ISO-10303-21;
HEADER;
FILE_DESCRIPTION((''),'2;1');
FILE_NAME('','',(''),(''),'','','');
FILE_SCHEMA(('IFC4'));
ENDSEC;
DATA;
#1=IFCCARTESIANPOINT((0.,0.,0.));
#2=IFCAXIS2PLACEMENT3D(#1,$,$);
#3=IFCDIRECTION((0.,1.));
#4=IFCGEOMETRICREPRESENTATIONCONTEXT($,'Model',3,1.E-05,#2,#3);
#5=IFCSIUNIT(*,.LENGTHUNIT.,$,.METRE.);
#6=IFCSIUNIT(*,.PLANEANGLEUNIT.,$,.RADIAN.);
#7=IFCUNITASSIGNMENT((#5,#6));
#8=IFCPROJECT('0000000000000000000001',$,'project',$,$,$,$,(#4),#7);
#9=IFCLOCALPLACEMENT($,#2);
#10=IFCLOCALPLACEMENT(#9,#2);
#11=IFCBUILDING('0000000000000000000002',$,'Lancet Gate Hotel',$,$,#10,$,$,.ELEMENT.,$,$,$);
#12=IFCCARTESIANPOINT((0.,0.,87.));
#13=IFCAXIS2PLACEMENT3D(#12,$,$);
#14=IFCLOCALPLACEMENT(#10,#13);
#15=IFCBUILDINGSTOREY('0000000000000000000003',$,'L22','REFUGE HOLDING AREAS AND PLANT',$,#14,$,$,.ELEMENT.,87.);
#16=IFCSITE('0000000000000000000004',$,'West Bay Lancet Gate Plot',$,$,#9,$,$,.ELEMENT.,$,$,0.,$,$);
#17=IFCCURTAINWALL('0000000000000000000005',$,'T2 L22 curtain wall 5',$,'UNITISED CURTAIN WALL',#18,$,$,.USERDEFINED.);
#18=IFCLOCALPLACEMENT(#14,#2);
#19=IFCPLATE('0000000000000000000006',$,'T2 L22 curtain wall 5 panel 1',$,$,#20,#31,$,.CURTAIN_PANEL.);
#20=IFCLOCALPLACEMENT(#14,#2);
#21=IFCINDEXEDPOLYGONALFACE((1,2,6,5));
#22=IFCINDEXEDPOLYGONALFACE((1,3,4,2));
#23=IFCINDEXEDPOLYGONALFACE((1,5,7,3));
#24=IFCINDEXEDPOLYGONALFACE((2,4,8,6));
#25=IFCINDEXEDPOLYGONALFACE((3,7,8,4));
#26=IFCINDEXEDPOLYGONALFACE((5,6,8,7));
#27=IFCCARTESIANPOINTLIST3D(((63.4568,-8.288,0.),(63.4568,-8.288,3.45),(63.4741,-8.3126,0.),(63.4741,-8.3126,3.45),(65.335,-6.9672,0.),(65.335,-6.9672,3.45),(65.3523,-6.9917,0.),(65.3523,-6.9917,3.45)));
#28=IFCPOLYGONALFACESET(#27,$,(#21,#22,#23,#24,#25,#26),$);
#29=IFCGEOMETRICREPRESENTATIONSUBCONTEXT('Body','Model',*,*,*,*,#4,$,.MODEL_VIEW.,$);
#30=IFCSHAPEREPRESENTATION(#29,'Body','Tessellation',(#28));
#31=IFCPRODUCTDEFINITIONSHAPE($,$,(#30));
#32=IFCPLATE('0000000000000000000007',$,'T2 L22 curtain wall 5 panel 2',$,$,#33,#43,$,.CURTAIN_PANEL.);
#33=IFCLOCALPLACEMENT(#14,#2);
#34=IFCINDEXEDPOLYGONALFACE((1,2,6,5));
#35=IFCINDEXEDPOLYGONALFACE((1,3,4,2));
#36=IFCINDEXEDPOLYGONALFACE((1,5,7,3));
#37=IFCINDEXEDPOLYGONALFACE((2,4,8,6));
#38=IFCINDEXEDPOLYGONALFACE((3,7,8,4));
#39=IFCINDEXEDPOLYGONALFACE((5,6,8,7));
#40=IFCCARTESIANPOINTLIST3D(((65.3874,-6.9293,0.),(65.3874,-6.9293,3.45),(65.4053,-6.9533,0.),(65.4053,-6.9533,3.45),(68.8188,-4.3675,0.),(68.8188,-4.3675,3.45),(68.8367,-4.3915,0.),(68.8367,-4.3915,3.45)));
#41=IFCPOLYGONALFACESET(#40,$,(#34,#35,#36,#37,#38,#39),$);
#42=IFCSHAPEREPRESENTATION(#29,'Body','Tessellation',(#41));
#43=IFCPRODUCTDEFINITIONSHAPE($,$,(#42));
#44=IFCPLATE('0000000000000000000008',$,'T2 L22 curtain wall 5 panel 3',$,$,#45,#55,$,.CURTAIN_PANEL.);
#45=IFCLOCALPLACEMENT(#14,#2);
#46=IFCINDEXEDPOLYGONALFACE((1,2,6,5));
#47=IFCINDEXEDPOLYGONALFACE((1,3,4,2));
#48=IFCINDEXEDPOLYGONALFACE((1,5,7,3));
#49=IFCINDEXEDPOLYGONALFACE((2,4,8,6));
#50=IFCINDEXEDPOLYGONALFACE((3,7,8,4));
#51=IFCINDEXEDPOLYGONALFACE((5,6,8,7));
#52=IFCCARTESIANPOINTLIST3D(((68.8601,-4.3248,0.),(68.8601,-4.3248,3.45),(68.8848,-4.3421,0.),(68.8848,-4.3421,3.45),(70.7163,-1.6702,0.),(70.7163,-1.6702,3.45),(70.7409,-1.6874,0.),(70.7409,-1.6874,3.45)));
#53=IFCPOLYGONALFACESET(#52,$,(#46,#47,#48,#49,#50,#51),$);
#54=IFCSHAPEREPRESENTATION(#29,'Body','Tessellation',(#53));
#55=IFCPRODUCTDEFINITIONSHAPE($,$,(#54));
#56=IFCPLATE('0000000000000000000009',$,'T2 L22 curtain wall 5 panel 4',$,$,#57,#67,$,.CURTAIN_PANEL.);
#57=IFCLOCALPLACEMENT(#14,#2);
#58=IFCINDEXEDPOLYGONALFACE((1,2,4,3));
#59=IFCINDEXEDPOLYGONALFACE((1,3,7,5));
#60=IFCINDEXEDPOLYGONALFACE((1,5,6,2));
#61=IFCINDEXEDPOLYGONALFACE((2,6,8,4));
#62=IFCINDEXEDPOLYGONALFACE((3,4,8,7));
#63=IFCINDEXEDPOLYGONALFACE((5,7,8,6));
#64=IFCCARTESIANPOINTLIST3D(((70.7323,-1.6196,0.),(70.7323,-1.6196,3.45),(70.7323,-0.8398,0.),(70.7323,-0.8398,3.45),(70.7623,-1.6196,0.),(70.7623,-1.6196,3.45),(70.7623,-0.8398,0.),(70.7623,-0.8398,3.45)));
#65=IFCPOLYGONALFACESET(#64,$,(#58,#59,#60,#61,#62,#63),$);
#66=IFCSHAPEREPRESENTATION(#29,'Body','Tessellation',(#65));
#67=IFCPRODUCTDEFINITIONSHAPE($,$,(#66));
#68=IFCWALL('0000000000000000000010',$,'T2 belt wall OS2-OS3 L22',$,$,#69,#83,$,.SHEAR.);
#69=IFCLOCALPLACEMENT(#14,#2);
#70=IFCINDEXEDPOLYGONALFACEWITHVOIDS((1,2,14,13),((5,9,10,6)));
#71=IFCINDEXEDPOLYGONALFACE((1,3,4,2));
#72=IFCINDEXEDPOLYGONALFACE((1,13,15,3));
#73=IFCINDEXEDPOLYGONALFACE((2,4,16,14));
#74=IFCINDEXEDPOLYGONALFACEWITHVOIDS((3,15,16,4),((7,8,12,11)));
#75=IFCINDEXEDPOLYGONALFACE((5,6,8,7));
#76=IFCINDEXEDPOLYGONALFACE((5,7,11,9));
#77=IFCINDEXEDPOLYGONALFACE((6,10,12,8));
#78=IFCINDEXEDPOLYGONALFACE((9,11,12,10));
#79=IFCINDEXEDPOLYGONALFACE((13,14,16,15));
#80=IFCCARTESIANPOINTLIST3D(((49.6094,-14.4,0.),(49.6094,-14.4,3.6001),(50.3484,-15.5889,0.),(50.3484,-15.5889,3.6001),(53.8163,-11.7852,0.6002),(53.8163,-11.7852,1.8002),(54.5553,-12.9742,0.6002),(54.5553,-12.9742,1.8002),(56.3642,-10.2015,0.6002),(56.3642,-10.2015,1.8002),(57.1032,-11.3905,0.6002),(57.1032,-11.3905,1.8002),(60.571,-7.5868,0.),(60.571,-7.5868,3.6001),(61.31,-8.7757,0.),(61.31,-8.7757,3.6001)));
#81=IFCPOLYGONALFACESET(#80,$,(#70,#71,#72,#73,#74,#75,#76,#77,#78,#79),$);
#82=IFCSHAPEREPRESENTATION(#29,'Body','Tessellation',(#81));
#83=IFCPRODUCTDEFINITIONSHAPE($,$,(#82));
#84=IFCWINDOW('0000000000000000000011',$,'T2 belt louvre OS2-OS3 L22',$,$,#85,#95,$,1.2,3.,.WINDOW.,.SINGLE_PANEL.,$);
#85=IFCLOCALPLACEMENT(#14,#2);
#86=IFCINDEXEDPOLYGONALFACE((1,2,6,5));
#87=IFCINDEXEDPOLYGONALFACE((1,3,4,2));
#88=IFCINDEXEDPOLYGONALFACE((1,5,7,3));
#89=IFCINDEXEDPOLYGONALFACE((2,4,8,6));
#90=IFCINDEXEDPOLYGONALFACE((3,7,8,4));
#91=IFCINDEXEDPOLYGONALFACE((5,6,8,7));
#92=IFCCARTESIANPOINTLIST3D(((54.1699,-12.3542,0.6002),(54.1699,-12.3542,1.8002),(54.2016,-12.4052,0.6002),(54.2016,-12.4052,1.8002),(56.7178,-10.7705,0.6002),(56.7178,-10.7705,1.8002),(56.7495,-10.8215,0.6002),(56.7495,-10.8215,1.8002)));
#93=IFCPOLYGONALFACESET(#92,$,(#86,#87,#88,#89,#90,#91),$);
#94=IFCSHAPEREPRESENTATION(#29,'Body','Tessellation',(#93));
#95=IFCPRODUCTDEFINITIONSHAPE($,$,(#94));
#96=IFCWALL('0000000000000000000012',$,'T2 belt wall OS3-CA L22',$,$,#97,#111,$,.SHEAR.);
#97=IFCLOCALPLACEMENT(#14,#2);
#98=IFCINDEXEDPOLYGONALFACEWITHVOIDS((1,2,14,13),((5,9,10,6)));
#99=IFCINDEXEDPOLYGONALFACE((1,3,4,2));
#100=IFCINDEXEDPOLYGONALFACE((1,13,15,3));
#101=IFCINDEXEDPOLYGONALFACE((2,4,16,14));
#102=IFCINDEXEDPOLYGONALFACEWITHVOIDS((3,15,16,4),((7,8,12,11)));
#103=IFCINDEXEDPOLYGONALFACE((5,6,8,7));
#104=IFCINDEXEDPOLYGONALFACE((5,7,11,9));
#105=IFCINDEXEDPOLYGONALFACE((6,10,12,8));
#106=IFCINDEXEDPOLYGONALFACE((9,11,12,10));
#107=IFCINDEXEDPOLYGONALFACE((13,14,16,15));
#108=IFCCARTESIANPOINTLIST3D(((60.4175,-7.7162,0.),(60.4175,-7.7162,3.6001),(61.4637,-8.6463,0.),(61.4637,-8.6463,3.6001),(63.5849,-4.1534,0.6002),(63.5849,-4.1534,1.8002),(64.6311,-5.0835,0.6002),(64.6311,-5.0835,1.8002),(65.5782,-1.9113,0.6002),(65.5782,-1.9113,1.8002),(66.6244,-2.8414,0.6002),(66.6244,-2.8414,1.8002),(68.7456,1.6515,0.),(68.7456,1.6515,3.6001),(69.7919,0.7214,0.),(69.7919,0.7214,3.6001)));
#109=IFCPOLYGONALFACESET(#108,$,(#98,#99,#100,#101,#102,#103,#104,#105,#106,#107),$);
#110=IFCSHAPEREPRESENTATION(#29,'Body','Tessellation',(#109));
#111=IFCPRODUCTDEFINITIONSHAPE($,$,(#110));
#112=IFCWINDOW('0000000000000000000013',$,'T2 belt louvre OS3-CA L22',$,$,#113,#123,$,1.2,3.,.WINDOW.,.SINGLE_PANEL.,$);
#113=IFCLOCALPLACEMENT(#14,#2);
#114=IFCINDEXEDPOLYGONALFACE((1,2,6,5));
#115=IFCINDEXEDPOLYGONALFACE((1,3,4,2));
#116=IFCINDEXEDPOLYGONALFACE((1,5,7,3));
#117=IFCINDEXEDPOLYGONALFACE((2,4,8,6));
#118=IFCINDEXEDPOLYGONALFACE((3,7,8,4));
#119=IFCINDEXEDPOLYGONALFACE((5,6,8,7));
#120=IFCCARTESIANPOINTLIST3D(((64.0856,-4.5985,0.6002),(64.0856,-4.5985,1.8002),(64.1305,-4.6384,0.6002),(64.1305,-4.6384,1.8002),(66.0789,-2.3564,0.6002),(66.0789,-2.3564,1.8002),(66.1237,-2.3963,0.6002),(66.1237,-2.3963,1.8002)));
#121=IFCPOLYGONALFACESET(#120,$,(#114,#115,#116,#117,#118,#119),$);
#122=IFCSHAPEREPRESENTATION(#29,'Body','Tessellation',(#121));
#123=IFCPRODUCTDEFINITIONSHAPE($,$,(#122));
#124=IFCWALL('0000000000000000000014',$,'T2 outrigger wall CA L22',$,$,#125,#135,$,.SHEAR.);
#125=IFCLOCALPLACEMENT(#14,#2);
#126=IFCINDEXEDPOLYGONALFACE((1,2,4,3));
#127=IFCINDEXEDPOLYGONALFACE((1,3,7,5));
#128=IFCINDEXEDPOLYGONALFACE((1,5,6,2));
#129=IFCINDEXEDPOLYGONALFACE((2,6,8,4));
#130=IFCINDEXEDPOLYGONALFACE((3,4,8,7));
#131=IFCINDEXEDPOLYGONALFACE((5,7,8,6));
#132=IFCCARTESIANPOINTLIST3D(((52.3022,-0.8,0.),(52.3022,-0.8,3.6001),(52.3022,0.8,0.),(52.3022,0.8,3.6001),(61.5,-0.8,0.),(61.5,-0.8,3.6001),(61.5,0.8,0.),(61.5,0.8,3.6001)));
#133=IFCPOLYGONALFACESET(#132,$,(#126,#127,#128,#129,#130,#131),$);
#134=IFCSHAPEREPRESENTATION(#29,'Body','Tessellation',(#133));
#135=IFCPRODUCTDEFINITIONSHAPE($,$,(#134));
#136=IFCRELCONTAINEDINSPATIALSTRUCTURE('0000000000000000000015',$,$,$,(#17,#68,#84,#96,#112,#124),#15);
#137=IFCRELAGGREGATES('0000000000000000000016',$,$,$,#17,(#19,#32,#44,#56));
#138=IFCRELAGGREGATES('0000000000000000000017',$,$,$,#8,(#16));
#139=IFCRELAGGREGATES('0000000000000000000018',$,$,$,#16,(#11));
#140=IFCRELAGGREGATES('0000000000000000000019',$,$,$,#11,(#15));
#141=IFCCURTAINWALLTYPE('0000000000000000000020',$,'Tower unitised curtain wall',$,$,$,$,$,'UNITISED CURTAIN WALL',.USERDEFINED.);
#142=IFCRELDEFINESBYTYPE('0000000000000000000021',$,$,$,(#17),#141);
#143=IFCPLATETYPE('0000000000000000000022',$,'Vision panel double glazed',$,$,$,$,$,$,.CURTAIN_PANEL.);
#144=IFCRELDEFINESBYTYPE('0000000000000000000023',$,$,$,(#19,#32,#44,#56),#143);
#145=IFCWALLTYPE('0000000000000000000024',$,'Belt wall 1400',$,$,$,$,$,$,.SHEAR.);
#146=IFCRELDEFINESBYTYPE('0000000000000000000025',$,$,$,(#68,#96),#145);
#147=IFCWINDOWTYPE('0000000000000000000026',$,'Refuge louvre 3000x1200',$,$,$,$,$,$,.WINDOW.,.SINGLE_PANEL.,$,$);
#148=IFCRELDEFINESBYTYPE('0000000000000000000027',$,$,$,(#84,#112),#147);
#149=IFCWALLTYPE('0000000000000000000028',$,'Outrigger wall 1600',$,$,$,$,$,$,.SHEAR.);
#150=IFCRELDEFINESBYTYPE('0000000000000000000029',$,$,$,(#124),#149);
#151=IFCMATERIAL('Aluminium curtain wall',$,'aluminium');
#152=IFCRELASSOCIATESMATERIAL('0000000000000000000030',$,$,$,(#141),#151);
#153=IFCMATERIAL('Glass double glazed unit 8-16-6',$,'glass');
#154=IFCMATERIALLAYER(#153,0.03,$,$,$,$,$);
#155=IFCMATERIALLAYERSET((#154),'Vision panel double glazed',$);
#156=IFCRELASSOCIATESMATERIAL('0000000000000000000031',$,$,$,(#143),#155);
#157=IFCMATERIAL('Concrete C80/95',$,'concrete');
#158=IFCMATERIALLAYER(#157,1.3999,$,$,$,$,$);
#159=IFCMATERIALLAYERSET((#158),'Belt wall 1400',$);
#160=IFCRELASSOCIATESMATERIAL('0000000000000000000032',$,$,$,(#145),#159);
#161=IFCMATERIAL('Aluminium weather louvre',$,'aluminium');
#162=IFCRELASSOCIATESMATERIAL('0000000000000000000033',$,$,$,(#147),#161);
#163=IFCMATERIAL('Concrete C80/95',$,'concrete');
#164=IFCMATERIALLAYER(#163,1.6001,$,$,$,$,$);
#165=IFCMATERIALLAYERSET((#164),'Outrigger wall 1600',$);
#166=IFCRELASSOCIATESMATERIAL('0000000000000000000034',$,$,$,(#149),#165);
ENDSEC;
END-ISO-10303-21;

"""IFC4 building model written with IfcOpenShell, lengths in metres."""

from ifc_helpers import new_model, si_unit, direction, frame, frame_2d, origin, origin_2d, place, context, subcontext, project, spatial, rectangle, extrude, material, layer, layer_set, type_object, element, fill, aggregate, save


model = new_model("IFC4")

# Units and contexts
model_context = context("Model", 3, precision=1e-05, world=origin(), true_north=direction((0.0, 1.0)))
body_context = subcontext(model_context, "Body", "Model", "MODEL_VIEW")
ifc_project = project(units=[si_unit("LENGTHUNIT", "METRE"), si_unit("PLANEANGLEUNIT", "RADIAN")], contexts=[model_context])

# Site, building, storey
site_placement = place(None, origin())
site = spatial("IfcSite", under=ifc_project, at=site_placement, Name="West Bay Lancet Gate Plot", CompositionType="ELEMENT", RefElevation=0.0)
building_placement = place(site_placement, origin())
building = spatial("IfcBuilding", under=site, at=building_placement, Name="Lancet Gate Hotel", CompositionType="ELEMENT")
storey_placement = place(building_placement, frame((0.0, 0.0, 87.0)))
storey = spatial("IfcBuildingStorey", under=building, at=storey_placement, Name="L22", Description="REFUGE HOLDING AREAS AND PLANT", CompositionType="ELEMENT", Elevation=87.0)

# Shared definitions
ifc_material_1 = material(Name="Aluminium curtain wall", Category="aluminium")
curtain_wall_type = type_object("IfcCurtainWallType", Name="Tower unitised curtain wall", ElementType="UNITISED CURTAIN WALL", PredefinedType="USERDEFINED", material=ifc_material_1)

# Curtain wall
curtain_wall_1_placement = place(storey_placement, origin())
curtain_wall_1 = element("IfcCurtainWall", 1, at=curtain_wall_1_placement, inside=storey, type_object=curtain_wall_type, Name="T2 L22 curtain wall 5", ObjectType="UNITISED CURTAIN WALL", PredefinedType="USERDEFINED")

# Plates
ifc_material_2 = material(Name="Glass double glazed unit 8-16-6", Category="glass")
ifc_layer_1 = layer(ifc_material_2, 0.03)
ifc_layer_set_1 = layer_set([ifc_layer_1], Name="Vision panel double glazed")
plate_type = type_object("IfcPlateType", Name="Vision panel double glazed", PredefinedType="CURTAIN_PANEL", material=ifc_layer_set_1)
plate_1_placement = place(storey_placement, frame((64.4045, -7.6399, 0.0), z_axis=(0.0, 0.0, 1.0), x_axis=(0.817979, 0.575247, 0.0)))
plate_1 = element("IfcPlate", 2, at=plate_1_placement, type_object=plate_type, Name="T2 L22 curtain wall 5 panel 1", PredefinedType="CURTAIN_PANEL", context=body_context, shape_type="SweptSolid", body=[
    extrude(rectangle(XDim=2.2961, YDim=0.03, at=origin_2d()), origin(), (0.0, 0.0, 1.0), 3.45),
])
plate_2_placement = place(storey_placement, frame((67.1121, -5.6604, 0.0), z_axis=(0.0, 0.0, 1.0), x_axis=(0.801314, 0.598244, 0.0)))
plate_2 = element("IfcPlate", 3, at=plate_2_placement, type_object=plate_type, Name="T2 L22 curtain wall 5 panel 2", PredefinedType="CURTAIN_PANEL", context=body_context, shape_type="SweptSolid", body=[
    extrude(rectangle(XDim=4.2822, YDim=0.03, at=origin_2d()), origin(), (0.0, 0.0, 1.0), 3.45),
])
plate_3_placement = place(storey_placement, frame((69.8005, -3.0061, 0.0), z_axis=(0.0, 0.0, 1.0), x_axis=(0.573025, 0.819538, 0.0)))
plate_3 = element("IfcPlate", 4, at=plate_3_placement, type_object=plate_type, Name="T2 L22 curtain wall 5 panel 3", PredefinedType="CURTAIN_PANEL", context=body_context, shape_type="SweptSolid", body=[
    extrude(rectangle(XDim=3.2393, YDim=0.03, at=origin_2d()), origin(), (0.0, 0.0, 1.0), 3.45),
])
plate_4_placement = place(storey_placement, frame((70.7473, -1.2297, 0.0), z_axis=(0.0, 0.0, 1.0), x_axis=(0.0, 1.0, 0.0)))
plate_4 = element("IfcPlate", 5, at=plate_4_placement, type_object=plate_type, Name="T2 L22 curtain wall 5 panel 4", PredefinedType="CURTAIN_PANEL", context=body_context, shape_type="SweptSolid", body=[
    extrude(rectangle(XDim=0.7798, YDim=0.03, at=origin_2d()), origin(), (0.0, 0.0, 1.0), 3.45),
])
aggregate(curtain_wall_1, [plate_1, plate_2, plate_3, plate_4])

# Walls, openings, windows
ifc_material_3 = material(Name="Concrete C80/95", Category="concrete")
ifc_layer_2 = layer(ifc_material_3, 1.3999)
ifc_layer_set_2 = layer_set([ifc_layer_2], Name="Belt wall 1400")
wall_type_1 = type_object("IfcWallType", Name="Belt wall 1400", PredefinedType="SHEAR", material=ifc_layer_set_2)
wall_1_placement = place(storey_placement, frame((49.979, -14.9944, 0.0), z_axis=(0.0, 0.0, 1.0), x_axis=(0.849312, 0.527891, 0.0)))
wall_1 = element("IfcWall", 6, at=wall_1_placement, inside=storey, type_object=wall_type_1, Name="T2 belt wall OS2-OS3 L22", PredefinedType="SHEAR", context=body_context, shape_type="SweptSolid", body=[
    extrude(rectangle(XDim=12.9065, YDim=1.3999, at=frame_2d((6.4531, 0.0))), origin(), (0.0, 0.0, 1.0), 3.6001),
])
opening_1_placement = place(wall_1_placement, frame((4.9531, 0.0, 0.6001)))
opening_1 = element("IfcOpeningElement", 7, at=opening_1_placement, cuts=wall_1, PredefinedType="OPENING", context=body_context, shape_type="SweptSolid", body=[
    extrude(rectangle(XDim=3.0, YDim=1.2, at=frame_2d((1.5, 0.6001))), frame((0.0, 0.71, 0.0), z_axis=(0.0, -1.0, 0.0), x_axis=(1.0, 0.0, 0.0)), (0.0, 0.0, 1.0), 1.4199),
])
ifc_material_4 = material(Name="Aluminium weather louvre", Category="aluminium")
window_type = type_object("IfcWindowType", Name="Refuge louvre 3000x1200", PartitioningType="SINGLE_PANEL", PredefinedType="WINDOW", material=ifc_material_4)
window_1_placement = place(opening_1_placement, origin())
window_1 = element("IfcWindow", 8, at=window_1_placement, inside=storey, type_object=window_type, Name="T2 belt louvre OS2-OS3 L22", OverallHeight=1.2, OverallWidth=3.0, PartitioningType="SINGLE_PANEL", PredefinedType="WINDOW", context=body_context, shape_type="SweptSolid", body=[
    extrude(rectangle(XDim=3.0, YDim=1.2, at=frame_2d((1.5, 0.6001))), frame((0.0, 0.03, 0.0), z_axis=(0.0, -1.0, 0.0), x_axis=(1.0, 0.0, 0.0)), (0.0, 0.0, 1.0), 0.0601),
])
fill(opening_1, window_1)
wall_2_placement = place(storey_placement, frame((60.9407, -8.1812, 0.0), z_axis=(0.0, 0.0, 1.0), x_axis=(0.664422, 0.747358, 0.0)))
wall_2 = element("IfcWall", 9, at=wall_2_placement, inside=storey, type_object=wall_type_1, Name="T2 belt wall OS3-CA L22", PredefinedType="SHEAR", context=body_context, shape_type="SweptSolid", body=[
    extrude(rectangle(XDim=12.5344, YDim=1.3999, at=frame_2d((6.2671, 0.0))), origin(), (0.0, 0.0, 1.0), 3.6001),
])
opening_2_placement = place(wall_2_placement, frame((4.7671, 0.0, 0.6001)))
opening_2 = element("IfcOpeningElement", 10, at=opening_2_placement, cuts=wall_2, PredefinedType="OPENING", context=body_context, shape_type="SweptSolid", body=[
    extrude(rectangle(XDim=3.0, YDim=1.2, at=frame_2d((1.5, 0.6001))), frame((0.0, 0.71, 0.0), z_axis=(0.0, -1.0, 0.0), x_axis=(1.0, 0.0, 0.0)), (0.0, 0.0, 1.0), 1.4199),
])
window_2_placement = place(opening_2_placement, origin())
window_2 = element("IfcWindow", 11, at=window_2_placement, inside=storey, type_object=window_type, Name="T2 belt louvre OS3-CA L22", OverallHeight=1.2, OverallWidth=3.0, PartitioningType="SINGLE_PANEL", PredefinedType="WINDOW", context=body_context, shape_type="SweptSolid", body=[
    extrude(rectangle(XDim=3.0, YDim=1.2, at=frame_2d((1.5, 0.6001))), frame((0.0, 0.03, 0.0), z_axis=(0.0, -1.0, 0.0), x_axis=(1.0, 0.0, 0.0)), (0.0, 0.0, 1.0), 0.0601),
])
fill(opening_2, window_2)

# Wall
ifc_material_5 = material(Name="Concrete C80/95", Category="concrete")
ifc_layer_3 = layer(ifc_material_5, 1.6001)
ifc_layer_set_3 = layer_set([ifc_layer_3], Name="Outrigger wall 1600")
wall_type_2 = type_object("IfcWallType", Name="Outrigger wall 1600", PredefinedType="SHEAR", material=ifc_layer_set_3)
wall_3_placement = place(storey_placement, frame((52.3022, 0.0, 0.0), z_axis=(0.0, 0.0, 1.0), x_axis=(1.0, 0.0, 0.0)))
element("IfcWall", 12, at=wall_3_placement, inside=storey, type_object=wall_type_2, Name="T2 outrigger wall CA L22", PredefinedType="SHEAR", context=body_context, shape_type="SweptSolid", body=[
    extrude(rectangle(XDim=9.1978, YDim=1.6001, at=frame_2d((4.5989, 0.0))), origin(), (0.0, 0.0, 1.0), 3.6001),
])

save(model, "model.ifc")
